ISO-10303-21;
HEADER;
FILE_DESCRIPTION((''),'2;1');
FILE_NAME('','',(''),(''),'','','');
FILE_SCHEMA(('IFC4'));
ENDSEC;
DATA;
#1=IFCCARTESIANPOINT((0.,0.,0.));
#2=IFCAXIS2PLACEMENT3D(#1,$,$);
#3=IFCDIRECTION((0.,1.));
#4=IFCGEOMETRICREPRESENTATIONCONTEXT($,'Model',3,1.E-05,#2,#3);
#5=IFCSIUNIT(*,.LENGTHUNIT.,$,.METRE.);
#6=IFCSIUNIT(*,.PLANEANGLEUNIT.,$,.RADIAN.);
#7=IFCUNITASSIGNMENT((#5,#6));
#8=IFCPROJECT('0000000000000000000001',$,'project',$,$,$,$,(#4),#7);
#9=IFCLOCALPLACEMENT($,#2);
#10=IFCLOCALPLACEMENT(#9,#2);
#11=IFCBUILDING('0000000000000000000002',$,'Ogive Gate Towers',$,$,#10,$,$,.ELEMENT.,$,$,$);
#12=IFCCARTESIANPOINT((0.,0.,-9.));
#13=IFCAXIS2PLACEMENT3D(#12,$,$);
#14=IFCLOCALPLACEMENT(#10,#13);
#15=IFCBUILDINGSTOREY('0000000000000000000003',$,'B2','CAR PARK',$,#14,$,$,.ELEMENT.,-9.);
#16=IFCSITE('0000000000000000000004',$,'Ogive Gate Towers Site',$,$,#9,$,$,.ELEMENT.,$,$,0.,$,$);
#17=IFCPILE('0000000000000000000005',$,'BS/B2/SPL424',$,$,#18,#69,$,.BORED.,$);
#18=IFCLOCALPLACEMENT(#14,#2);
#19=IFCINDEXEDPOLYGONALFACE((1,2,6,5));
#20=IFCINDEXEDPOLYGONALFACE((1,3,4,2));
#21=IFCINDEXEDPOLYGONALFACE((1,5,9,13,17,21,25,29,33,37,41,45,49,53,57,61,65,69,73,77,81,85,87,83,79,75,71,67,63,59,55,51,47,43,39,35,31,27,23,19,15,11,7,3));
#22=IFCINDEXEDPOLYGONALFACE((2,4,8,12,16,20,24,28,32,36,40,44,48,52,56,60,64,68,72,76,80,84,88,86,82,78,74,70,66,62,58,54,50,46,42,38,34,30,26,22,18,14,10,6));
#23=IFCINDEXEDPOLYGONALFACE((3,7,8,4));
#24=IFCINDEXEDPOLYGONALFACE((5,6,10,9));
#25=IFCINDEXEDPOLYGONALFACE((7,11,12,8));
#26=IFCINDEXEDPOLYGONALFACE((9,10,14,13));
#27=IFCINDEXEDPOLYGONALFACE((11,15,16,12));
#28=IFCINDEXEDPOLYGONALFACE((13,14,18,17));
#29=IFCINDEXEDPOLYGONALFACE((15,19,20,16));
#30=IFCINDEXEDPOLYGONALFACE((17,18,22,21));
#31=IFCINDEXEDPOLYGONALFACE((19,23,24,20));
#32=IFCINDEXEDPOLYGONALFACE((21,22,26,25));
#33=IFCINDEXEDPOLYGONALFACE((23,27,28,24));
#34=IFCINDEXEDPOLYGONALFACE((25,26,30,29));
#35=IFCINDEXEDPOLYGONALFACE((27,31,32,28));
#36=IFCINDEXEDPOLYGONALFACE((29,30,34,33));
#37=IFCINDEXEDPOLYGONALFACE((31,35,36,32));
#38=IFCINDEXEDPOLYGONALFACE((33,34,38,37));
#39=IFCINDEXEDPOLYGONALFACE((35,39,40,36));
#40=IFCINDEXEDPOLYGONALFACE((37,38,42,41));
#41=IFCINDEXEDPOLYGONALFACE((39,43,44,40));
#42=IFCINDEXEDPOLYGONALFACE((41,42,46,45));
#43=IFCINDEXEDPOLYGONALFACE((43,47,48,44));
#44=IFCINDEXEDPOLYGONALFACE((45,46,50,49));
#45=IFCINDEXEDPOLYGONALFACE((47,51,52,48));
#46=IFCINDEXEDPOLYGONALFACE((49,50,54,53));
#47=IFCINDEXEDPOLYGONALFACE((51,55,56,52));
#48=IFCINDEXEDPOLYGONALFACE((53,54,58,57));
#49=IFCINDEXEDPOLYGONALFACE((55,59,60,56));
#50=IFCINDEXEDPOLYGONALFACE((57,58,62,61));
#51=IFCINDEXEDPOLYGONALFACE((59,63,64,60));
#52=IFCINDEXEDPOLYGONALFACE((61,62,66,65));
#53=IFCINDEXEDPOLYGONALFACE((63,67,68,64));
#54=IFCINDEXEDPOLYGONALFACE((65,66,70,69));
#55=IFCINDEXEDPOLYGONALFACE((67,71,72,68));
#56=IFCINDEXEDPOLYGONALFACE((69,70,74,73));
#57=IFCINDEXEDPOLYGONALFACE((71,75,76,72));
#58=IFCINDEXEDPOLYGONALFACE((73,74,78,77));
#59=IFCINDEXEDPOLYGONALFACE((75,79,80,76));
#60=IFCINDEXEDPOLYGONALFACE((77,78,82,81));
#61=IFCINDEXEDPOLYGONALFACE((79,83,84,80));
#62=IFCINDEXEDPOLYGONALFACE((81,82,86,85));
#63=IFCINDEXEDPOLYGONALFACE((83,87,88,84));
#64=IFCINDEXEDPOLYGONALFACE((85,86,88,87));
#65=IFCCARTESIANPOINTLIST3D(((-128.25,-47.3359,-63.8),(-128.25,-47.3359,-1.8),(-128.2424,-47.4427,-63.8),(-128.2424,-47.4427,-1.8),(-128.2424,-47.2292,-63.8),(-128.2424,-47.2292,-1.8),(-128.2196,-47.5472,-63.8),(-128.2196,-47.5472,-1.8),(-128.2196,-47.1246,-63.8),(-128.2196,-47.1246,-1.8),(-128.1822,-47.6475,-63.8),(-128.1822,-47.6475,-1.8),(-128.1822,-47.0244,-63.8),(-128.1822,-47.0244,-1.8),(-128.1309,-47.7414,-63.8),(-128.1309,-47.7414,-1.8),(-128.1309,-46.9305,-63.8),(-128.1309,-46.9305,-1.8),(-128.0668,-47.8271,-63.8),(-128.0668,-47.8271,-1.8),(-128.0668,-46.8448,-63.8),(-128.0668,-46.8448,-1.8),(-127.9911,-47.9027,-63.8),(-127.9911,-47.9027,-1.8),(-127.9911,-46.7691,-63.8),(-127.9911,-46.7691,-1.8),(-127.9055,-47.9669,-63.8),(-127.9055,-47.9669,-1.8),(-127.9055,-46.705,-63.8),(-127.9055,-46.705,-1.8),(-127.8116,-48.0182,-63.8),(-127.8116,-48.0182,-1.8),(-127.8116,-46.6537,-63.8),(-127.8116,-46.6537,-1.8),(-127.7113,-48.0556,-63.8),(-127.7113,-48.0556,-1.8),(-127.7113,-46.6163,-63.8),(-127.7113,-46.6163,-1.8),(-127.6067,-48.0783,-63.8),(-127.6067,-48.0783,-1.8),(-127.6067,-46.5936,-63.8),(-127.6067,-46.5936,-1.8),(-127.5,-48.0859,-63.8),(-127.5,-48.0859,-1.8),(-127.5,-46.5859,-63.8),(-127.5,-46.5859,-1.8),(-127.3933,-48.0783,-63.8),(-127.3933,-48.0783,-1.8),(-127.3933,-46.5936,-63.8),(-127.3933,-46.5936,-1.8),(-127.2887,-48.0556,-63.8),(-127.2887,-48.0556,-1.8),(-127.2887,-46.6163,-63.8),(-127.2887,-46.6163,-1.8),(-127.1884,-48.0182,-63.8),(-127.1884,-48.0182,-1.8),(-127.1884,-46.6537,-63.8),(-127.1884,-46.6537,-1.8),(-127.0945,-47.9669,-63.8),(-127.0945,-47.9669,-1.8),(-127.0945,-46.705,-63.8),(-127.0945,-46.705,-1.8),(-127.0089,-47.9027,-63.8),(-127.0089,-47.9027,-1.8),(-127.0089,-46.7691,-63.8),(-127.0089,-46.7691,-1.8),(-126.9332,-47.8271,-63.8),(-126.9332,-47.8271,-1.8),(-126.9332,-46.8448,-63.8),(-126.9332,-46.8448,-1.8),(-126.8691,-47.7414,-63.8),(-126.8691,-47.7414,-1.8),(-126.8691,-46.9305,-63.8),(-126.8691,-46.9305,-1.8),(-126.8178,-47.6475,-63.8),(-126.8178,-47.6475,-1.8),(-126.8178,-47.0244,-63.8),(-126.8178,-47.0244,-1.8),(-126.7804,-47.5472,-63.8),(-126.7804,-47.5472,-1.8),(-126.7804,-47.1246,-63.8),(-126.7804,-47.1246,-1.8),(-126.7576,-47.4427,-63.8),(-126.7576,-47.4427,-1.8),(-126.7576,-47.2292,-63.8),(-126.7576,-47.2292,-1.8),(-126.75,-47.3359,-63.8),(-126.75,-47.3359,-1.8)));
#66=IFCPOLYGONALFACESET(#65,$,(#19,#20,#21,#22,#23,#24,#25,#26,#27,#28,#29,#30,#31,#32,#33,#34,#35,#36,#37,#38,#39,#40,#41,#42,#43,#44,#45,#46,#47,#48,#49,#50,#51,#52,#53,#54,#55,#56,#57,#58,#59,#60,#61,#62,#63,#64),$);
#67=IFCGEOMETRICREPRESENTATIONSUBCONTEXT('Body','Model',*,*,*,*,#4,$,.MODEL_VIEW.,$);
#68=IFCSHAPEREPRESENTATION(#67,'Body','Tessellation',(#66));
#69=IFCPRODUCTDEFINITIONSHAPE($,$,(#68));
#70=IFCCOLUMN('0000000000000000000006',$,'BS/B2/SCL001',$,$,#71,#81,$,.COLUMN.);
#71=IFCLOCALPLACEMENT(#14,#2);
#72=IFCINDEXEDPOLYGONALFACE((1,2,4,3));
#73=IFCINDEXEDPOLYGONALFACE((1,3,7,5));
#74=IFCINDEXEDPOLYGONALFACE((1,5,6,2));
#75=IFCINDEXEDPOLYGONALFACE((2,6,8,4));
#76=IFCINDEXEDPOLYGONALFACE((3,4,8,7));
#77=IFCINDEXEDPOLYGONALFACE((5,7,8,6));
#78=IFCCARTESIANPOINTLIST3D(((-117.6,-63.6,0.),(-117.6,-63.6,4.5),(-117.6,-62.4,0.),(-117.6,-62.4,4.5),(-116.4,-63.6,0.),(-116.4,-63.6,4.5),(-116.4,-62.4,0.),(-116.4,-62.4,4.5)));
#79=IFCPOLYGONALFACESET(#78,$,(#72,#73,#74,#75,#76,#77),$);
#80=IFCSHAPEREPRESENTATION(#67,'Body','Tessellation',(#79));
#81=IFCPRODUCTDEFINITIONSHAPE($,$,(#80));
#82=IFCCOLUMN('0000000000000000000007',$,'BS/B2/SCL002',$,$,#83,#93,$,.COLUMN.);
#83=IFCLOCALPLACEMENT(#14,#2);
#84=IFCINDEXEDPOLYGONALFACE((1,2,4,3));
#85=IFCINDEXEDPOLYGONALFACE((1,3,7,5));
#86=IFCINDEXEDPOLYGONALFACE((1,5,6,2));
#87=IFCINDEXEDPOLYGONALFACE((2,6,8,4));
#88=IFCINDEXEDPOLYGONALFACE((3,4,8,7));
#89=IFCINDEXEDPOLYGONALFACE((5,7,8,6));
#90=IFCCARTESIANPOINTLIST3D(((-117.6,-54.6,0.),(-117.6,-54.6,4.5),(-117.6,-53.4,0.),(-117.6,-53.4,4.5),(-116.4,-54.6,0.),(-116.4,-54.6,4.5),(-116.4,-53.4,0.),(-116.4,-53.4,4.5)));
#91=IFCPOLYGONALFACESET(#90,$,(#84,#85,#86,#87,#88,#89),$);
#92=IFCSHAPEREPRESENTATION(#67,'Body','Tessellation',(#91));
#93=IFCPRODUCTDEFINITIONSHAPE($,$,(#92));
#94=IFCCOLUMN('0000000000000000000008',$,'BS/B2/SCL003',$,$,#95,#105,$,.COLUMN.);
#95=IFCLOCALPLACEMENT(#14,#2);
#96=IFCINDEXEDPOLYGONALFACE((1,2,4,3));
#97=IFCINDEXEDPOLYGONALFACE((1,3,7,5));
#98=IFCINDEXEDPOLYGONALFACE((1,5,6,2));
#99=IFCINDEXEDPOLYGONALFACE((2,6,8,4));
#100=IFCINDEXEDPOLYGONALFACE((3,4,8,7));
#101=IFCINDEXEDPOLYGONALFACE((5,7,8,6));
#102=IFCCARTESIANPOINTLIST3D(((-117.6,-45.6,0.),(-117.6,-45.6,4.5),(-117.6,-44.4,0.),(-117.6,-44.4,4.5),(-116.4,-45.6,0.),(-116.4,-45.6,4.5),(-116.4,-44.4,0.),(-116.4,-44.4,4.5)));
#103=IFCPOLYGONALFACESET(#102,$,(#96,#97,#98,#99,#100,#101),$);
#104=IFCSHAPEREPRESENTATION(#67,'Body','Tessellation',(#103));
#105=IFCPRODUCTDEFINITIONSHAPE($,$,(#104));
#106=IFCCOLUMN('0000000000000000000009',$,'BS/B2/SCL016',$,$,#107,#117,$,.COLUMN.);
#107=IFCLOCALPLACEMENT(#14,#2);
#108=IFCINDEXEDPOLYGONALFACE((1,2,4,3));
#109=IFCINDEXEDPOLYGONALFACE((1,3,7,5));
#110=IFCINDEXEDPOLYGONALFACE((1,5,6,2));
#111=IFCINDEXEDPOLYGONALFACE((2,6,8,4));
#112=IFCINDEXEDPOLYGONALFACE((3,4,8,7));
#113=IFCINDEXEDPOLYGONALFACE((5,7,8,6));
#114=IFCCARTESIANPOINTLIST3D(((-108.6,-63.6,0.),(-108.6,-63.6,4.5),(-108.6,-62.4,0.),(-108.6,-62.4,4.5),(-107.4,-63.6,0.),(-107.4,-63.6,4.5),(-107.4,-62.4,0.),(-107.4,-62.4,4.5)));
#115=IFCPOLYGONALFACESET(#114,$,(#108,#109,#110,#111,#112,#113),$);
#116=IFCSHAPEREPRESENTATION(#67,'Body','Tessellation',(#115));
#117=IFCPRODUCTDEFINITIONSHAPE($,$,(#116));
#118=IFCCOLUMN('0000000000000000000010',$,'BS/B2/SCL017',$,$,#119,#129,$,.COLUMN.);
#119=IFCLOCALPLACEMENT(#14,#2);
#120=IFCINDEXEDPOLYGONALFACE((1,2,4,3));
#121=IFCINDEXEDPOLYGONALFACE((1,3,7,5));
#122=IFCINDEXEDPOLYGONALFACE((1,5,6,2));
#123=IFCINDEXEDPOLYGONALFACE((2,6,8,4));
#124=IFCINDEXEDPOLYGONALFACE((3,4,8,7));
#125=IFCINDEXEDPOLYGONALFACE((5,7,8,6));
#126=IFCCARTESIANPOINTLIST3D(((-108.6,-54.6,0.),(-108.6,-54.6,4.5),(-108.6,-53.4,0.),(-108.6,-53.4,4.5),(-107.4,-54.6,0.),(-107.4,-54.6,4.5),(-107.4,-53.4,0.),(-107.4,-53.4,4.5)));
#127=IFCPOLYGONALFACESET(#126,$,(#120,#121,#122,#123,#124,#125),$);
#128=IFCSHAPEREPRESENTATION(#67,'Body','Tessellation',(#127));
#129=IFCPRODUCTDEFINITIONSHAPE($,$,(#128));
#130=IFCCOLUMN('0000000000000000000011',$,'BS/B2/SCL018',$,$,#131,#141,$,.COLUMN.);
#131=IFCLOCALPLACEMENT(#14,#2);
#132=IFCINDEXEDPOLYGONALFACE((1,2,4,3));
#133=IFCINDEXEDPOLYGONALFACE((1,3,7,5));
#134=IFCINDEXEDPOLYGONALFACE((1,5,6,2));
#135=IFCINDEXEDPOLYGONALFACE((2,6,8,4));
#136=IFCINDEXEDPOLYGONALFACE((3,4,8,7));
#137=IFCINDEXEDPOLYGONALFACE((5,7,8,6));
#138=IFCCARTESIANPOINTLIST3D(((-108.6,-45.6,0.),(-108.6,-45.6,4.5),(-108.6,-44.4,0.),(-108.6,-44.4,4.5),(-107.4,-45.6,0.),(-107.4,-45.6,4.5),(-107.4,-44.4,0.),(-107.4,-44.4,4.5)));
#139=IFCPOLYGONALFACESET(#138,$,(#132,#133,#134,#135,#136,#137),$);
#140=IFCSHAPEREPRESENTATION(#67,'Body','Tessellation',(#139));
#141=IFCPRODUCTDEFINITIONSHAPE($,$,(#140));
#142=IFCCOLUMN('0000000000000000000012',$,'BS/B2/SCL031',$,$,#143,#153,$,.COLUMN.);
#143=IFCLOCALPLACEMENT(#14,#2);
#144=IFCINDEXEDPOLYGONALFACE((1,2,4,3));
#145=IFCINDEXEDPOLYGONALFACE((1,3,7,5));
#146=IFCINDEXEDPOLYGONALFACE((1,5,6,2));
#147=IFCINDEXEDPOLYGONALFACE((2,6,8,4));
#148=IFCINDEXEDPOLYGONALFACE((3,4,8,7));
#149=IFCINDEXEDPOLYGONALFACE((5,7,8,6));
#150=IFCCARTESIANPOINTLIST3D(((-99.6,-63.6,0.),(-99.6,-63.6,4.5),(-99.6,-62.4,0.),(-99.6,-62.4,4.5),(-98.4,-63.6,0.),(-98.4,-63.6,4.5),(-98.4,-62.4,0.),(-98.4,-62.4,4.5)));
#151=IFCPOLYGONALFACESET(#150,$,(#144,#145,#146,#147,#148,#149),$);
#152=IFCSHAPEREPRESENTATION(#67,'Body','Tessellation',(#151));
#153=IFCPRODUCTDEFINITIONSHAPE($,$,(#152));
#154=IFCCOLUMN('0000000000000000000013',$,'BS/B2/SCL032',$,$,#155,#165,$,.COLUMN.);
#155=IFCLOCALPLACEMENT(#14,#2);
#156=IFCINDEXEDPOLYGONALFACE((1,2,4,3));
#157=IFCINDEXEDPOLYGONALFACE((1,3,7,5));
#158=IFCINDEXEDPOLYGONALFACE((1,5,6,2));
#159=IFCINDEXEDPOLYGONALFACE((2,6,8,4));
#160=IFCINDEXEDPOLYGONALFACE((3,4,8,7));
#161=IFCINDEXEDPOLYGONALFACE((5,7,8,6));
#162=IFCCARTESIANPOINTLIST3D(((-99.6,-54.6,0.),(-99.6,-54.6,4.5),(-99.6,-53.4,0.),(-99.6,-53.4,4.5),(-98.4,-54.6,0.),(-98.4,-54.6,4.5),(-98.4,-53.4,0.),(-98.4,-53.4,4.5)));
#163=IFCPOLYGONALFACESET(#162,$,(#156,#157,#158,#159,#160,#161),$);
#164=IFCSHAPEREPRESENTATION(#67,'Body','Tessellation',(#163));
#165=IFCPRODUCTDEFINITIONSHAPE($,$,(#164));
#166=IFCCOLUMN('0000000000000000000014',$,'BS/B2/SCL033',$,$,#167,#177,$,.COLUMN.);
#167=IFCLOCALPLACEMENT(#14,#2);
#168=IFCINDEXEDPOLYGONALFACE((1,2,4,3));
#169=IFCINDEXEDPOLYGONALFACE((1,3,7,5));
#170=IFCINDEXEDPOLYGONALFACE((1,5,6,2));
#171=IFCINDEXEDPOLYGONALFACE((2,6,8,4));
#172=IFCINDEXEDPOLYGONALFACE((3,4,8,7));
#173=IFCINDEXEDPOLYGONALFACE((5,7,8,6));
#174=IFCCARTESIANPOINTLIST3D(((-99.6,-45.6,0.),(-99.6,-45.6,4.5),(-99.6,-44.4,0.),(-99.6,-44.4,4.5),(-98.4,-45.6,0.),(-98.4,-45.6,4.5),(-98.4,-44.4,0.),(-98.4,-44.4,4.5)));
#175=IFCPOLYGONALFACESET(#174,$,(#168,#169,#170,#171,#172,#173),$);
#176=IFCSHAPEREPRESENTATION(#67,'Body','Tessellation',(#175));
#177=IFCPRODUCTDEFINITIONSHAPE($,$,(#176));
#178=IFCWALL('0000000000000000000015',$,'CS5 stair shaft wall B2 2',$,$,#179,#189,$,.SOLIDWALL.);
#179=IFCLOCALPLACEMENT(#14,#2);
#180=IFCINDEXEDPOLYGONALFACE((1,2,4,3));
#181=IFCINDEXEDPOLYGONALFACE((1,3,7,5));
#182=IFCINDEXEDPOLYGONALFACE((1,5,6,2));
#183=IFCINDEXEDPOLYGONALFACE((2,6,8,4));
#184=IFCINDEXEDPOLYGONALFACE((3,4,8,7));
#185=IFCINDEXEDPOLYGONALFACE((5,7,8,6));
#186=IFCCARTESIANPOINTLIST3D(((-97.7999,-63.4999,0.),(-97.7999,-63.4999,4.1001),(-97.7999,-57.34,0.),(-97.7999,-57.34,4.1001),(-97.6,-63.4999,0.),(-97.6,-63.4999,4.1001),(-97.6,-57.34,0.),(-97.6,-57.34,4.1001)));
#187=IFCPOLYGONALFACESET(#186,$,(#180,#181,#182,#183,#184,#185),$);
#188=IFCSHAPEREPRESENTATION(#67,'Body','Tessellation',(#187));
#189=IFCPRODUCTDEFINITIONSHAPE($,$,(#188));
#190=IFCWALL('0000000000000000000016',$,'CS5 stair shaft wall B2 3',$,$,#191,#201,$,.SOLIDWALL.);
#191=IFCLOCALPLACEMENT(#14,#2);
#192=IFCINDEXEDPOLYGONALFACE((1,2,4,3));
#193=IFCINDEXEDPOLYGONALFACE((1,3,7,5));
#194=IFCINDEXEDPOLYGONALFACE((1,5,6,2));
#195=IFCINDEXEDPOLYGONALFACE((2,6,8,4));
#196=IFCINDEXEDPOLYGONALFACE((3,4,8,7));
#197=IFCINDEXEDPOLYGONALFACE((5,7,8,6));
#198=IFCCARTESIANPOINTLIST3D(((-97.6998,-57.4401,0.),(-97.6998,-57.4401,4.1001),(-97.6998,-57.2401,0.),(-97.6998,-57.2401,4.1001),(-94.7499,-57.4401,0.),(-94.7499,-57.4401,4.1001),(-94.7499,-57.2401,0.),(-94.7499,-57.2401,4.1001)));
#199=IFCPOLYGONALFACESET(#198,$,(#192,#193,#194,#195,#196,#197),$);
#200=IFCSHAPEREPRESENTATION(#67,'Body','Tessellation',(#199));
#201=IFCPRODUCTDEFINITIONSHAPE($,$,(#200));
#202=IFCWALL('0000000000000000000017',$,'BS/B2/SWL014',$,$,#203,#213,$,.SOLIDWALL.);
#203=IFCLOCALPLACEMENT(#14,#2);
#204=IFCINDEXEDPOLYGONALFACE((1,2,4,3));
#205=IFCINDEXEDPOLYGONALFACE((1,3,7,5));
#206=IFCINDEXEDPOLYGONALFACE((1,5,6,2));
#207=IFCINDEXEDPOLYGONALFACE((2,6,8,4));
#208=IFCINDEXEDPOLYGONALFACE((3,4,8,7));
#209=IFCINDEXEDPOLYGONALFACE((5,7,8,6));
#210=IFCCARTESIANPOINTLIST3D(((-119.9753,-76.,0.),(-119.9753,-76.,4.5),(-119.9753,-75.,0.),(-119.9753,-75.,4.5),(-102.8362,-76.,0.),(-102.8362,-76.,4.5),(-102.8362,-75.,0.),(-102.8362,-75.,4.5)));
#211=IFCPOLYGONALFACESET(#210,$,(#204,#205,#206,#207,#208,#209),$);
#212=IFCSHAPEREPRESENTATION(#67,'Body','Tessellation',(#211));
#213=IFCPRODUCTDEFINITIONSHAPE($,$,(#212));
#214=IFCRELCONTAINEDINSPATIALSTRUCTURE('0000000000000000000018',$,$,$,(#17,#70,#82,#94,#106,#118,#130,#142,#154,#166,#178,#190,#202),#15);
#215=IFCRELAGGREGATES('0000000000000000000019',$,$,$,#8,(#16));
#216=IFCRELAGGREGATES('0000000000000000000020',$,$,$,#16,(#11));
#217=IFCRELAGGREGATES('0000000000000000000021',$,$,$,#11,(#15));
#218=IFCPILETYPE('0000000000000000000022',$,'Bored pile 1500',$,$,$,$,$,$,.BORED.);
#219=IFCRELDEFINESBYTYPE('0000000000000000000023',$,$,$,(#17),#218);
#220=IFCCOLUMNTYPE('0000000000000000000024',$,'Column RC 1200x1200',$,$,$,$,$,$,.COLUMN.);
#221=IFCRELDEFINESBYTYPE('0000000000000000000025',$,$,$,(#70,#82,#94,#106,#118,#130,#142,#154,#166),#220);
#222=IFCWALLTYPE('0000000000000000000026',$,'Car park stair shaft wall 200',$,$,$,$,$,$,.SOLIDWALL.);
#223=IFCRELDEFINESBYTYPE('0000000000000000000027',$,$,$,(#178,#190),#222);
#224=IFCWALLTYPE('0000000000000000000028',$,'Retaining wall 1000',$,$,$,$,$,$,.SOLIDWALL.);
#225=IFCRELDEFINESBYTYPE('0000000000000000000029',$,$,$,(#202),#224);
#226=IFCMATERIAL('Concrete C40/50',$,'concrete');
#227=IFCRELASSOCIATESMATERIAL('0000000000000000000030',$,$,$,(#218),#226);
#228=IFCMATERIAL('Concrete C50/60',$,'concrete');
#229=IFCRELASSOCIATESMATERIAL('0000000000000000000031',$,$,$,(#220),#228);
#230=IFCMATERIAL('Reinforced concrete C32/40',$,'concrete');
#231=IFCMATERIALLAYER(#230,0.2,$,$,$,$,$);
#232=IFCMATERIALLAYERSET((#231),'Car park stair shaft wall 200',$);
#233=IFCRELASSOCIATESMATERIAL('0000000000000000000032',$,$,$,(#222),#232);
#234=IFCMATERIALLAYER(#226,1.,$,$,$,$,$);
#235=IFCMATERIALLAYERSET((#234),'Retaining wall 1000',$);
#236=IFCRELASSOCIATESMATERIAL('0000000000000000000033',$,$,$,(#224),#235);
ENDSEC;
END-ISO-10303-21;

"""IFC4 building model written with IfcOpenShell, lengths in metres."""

from ifc_helpers import new_model, si_unit, direction, frame, frame_2d, origin, origin_2d, place, context, subcontext, project, spatial, rectangle, circle, extrude, material, layer, layer_set, material_profile, profile_set, type_object, element, save


model = new_model("IFC4")

# Units and contexts
model_context = context("Model", 3, precision=1e-05, world=origin(), true_north=direction((0.0, 1.0)))
body_context = subcontext(model_context, "Body", "Model", "MODEL_VIEW")
ifc_project = project(units=[si_unit("LENGTHUNIT", "METRE"), si_unit("PLANEANGLEUNIT", "RADIAN")], contexts=[model_context])

# Site, building, storey
site_placement = place(None, origin())
site = spatial("IfcSite", under=ifc_project, at=site_placement, Name="Ogive Gate Towers Site", CompositionType="ELEMENT", RefElevation=0.0)
building_placement = place(site_placement, origin())
building = spatial("IfcBuilding", under=site, at=building_placement, Name="Ogive Gate Towers", CompositionType="ELEMENT")
storey_placement = place(building_placement, frame((0.0, 0.0, -9.0)))
storey = spatial("IfcBuildingStorey", under=building, at=storey_placement, Name="B2", Description="CAR PARK", CompositionType="ELEMENT", Elevation=-9.0)

# Pile
ifc_material_1 = material(Name="Concrete C40/50", Category="concrete")
ifc_material_profile_1 = material_profile(ifc_material_1, circle(Radius=0.75, at=origin_2d()), Name="BP 1500")
ifc_profile_set_1 = profile_set([ifc_material_profile_1], Name="Concrete C40/50")
pile_type = type_object("IfcPileType", Name="Bored pile 1500", PredefinedType="BORED", material=ifc_profile_set_1)
for number, where, z_axis, x_axis, name in (
    (1, (-127.5, -47.3359, -1.8), (0.0, 0.0, -1.0), (1.0, 0.0, 0.0), "BS/B2/SPL424"),
):
    element("IfcPile", number, at=place(storey_placement, frame(where, z_axis=z_axis, x_axis=x_axis)), inside=storey, type_object=pile_type, Name=name, PredefinedType="BORED", context=body_context, shape_type="SweptSolid", body=[
        extrude(circle(Radius=0.75, at=origin_2d()), origin(), (0.0, 0.0, 1.0), 62.0),
    ])

# Columns
ifc_material_2 = material(Name="Concrete C50/60", Category="concrete")
ifc_material_profile_2 = material_profile(ifc_material_2, rectangle(XDim=1.2, YDim=1.2, at=origin_2d()), Name="RC 1200x1200")
ifc_profile_set_2 = profile_set([ifc_material_profile_2], Name="Concrete C50/60")
column_type = type_object("IfcColumnType", Name="Column RC 1200x1200", PredefinedType="COLUMN", material=ifc_profile_set_2)
for number, where, z_axis, x_axis, name in (
    (2, (-117.0, -63.0, 0.0), (0.0, 0.0, 1.0), (1.0, 0.0, 0.0), "BS/B2/SCL001"),
    (3, (-117.0, -54.0, 0.0), (0.0, 0.0, 1.0), (1.0, 0.0, 0.0), "BS/B2/SCL002"),
    (4, (-117.0, -45.0, 0.0), (0.0, 0.0, 1.0), (1.0, 0.0, 0.0), "BS/B2/SCL003"),
    (5, (-108.0, -63.0, 0.0), (0.0, 0.0, 1.0), (1.0, 0.0, 0.0), "BS/B2/SCL016"),
    (6, (-108.0, -54.0, 0.0), (0.0, 0.0, 1.0), (1.0, 0.0, 0.0), "BS/B2/SCL017"),
    (7, (-108.0, -45.0, 0.0), (0.0, 0.0, 1.0), (1.0, 0.0, 0.0), "BS/B2/SCL018"),
    (8, (-99.0, -63.0, 0.0), (0.0, 0.0, 1.0), (1.0, 0.0, 0.0), "BS/B2/SCL031"),
    (9, (-99.0, -54.0, 0.0), (0.0, 0.0, 1.0), (1.0, 0.0, 0.0), "BS/B2/SCL032"),
    (10, (-99.0, -45.0, 0.0), (0.0, 0.0, 1.0), (1.0, 0.0, 0.0), "BS/B2/SCL033"),
):
    element("IfcColumn", number, at=place(storey_placement, frame(where, z_axis=z_axis, x_axis=x_axis)), inside=storey, type_object=column_type, Name=name, PredefinedType="COLUMN", context=body_context, shape_type="SweptSolid", body=[
        extrude(rectangle(XDim=1.2, YDim=1.2, at=origin_2d()), origin(), (0.0, 0.0, 1.0), 4.5),
    ])

# Walls
ifc_material_3 = material(Name="Reinforced concrete C32/40", Category="concrete")
ifc_layer_1 = layer(ifc_material_3, 0.2)
ifc_layer_set_1 = layer_set([ifc_layer_1], Name="Car park stair shaft wall 200")
wall_type_1 = type_object("IfcWallType", Name="Car park stair shaft wall 200", PredefinedType="SOLIDWALL", material=ifc_layer_set_1)
wall_1_placement = place(storey_placement, frame((-97.7, -63.5, 0.0), z_axis=(0.0, 0.0, 1.0), x_axis=(0.0, 1.0, 0.0)))
element("IfcWall", 11, at=wall_1_placement, inside=storey, type_object=wall_type_1, Name="CS5 stair shaft wall B2 2", PredefinedType="SOLIDWALL", context=body_context, shape_type="SweptSolid", body=[
    extrude(rectangle(XDim=6.1599, YDim=0.2, at=frame_2d((3.0801, 0.0))), origin(), (0.0, 0.0, 1.0), 4.1001),
])
wall_2_placement = place(storey_placement, frame((-97.7, -57.3401, 0.0), z_axis=(0.0, 0.0, 1.0), x_axis=(1.0, 0.0, 0.0)))
element("IfcWall", 12, at=wall_2_placement, inside=storey, type_object=wall_type_1, Name="CS5 stair shaft wall B2 3", PredefinedType="SOLIDWALL", context=body_context, shape_type="SweptSolid", body=[
    extrude(rectangle(XDim=2.95, YDim=0.2, at=frame_2d((1.4751, 0.0))), origin(), (0.0, 0.0, 1.0), 4.1001),
])
ifc_layer_2 = layer(ifc_material_1, 1.0)
ifc_layer_set_2 = layer_set([ifc_layer_2], Name="Retaining wall 1000")
wall_type_2 = type_object("IfcWallType", Name="Retaining wall 1000", PredefinedType="SOLIDWALL", material=ifc_layer_set_2)
wall_3_placement = place(storey_placement, frame((-102.8362, -75.5, 0.0), z_axis=(0.0, 0.0, 1.0), x_axis=(-1.0, 0.0, 0.0)))
element("IfcWall", 13, at=wall_3_placement, inside=storey, type_object=wall_type_2, Name="BS/B2/SWL014", PredefinedType="SOLIDWALL", context=body_context, shape_type="SweptSolid", body=[
    extrude(rectangle(XDim=17.1392, YDim=1.0, at=frame_2d((8.5696, 0.0))), origin(), (0.0, 0.0, 1.0), 4.5),
])

save(model, "model.ifc")
